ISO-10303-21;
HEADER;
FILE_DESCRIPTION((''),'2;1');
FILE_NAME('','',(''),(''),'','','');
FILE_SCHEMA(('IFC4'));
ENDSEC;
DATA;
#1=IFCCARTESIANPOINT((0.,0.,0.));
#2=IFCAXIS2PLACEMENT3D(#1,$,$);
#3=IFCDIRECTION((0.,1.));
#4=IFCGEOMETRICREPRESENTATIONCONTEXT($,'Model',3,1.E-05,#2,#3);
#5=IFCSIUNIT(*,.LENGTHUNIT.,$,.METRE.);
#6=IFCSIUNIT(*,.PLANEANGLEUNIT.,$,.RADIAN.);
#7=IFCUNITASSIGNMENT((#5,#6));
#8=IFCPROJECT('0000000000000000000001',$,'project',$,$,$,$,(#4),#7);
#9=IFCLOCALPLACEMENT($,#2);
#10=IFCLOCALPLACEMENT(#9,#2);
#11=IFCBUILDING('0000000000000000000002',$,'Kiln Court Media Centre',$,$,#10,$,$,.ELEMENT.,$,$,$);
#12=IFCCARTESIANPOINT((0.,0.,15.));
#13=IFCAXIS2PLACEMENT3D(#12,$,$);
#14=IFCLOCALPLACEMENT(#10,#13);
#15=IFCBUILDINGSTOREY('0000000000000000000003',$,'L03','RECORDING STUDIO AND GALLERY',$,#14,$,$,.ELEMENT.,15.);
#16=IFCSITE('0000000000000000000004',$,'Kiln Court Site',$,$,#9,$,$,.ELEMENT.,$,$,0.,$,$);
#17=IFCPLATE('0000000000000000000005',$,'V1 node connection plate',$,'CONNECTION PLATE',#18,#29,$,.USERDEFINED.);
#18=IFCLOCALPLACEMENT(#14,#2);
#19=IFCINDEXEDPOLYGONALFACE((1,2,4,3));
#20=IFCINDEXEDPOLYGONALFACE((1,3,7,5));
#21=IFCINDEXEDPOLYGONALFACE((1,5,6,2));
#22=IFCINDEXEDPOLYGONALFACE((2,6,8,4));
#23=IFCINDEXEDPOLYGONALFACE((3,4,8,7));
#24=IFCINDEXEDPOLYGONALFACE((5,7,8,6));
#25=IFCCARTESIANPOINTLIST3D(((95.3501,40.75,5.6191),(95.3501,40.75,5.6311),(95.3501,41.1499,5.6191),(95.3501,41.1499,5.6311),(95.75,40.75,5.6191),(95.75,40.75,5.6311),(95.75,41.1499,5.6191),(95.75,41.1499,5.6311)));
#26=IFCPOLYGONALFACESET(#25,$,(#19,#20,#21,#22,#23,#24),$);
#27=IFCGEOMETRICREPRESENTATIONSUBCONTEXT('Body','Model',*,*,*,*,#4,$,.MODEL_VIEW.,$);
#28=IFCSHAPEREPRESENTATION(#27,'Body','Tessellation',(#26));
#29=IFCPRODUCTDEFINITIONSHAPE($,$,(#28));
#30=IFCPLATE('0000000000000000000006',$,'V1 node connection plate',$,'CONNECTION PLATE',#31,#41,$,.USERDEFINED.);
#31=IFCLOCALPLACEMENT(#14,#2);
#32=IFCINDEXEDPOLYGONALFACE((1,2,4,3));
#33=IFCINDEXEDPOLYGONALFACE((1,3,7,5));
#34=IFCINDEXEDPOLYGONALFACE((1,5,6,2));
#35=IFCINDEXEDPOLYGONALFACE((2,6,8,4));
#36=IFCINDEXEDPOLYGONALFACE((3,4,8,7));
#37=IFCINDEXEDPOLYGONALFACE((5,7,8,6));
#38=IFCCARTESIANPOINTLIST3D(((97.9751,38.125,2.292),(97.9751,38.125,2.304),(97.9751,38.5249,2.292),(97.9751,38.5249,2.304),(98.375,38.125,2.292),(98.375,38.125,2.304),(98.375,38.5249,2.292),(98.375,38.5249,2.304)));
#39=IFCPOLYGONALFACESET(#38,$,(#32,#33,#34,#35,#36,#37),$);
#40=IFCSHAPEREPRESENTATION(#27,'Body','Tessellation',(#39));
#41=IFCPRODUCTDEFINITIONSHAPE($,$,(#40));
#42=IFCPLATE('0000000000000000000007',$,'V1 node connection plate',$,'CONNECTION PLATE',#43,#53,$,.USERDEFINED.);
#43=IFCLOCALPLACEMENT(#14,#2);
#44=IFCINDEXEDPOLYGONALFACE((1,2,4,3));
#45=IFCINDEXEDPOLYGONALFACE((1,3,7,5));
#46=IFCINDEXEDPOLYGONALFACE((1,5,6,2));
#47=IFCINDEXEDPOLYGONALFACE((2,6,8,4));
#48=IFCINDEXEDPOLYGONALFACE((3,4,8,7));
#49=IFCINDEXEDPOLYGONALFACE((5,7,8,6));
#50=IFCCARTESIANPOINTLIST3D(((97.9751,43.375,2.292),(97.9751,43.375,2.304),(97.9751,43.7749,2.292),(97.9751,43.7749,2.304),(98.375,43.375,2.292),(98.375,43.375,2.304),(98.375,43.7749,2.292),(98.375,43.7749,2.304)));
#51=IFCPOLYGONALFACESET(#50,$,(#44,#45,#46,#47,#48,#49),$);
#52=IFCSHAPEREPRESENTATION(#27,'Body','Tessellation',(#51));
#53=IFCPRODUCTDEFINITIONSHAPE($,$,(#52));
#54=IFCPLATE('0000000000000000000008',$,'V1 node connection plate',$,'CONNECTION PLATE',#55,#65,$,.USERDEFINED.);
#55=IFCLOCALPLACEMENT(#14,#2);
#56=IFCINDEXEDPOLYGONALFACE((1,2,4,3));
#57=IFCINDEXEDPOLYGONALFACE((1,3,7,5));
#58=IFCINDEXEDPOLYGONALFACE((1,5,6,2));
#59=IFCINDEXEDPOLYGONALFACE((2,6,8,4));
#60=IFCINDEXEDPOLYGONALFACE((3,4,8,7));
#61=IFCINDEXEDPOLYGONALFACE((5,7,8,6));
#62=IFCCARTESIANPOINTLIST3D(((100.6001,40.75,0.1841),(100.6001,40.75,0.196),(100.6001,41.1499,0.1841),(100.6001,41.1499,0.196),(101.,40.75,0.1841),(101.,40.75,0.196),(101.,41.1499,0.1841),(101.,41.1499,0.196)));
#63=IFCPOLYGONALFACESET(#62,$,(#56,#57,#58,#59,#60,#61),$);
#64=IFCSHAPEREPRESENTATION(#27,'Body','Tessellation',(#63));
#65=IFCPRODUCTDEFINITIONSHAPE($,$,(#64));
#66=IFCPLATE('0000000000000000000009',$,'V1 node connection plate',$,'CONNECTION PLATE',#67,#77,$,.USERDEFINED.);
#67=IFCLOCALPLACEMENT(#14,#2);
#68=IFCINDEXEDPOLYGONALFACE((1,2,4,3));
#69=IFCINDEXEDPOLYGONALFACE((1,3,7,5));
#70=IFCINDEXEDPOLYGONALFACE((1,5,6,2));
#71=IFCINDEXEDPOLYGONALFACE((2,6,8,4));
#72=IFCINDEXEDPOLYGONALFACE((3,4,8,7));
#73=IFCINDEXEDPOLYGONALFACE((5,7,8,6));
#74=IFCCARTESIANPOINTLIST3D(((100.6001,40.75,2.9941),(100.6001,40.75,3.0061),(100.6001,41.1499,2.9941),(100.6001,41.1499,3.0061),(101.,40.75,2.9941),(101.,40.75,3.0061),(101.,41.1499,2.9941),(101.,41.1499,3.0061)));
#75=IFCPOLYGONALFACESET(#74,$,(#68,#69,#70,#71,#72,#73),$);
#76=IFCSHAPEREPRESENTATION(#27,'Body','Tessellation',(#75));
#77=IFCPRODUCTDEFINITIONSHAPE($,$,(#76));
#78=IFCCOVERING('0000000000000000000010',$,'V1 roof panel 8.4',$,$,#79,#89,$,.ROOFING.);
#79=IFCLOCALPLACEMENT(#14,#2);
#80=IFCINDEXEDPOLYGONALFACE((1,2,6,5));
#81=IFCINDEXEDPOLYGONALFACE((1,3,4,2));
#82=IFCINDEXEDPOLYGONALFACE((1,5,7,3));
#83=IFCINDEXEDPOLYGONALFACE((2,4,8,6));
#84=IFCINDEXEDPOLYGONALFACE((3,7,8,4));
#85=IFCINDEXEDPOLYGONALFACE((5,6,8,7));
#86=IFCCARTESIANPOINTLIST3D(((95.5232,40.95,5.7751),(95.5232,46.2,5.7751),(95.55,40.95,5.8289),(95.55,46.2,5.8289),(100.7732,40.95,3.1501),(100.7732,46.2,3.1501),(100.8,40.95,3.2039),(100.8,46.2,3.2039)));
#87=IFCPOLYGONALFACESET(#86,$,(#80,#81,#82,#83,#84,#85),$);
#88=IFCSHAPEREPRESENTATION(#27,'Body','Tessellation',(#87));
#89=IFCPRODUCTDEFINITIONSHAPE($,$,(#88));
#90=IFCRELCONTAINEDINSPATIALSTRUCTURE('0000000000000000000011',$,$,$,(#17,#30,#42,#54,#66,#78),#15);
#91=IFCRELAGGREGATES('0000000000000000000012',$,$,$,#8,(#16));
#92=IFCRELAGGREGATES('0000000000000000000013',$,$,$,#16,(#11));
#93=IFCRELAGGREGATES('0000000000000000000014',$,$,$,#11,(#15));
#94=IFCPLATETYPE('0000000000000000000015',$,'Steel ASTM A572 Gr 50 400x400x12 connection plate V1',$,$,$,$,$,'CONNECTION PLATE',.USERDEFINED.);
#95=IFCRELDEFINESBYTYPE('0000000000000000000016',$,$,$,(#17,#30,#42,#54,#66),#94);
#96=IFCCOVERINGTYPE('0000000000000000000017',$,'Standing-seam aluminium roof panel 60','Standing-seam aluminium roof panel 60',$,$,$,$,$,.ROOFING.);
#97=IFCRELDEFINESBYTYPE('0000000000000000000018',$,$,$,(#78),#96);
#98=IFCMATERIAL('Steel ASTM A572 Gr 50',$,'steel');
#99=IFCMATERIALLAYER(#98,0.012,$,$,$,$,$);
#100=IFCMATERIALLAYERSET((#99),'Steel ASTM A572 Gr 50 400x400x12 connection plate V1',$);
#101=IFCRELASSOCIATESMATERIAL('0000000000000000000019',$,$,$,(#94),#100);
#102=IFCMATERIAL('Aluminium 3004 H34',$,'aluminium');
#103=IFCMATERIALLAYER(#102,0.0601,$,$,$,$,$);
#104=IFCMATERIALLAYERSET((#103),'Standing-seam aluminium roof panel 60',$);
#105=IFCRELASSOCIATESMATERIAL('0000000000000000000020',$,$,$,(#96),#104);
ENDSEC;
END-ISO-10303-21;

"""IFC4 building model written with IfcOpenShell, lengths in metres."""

from ifc_helpers import new_model, si_unit, direction, frame, origin, origin_2d, place, context, subcontext, project, spatial, polyline, rectangle, outline, extrude, material, layer, layer_set, type_object, element, save


model = new_model("IFC4")

# Units and contexts
model_context = context("Model", 3, precision=1e-05, world=origin(), true_north=direction((0.0, 1.0)))
body_context = subcontext(model_context, "Body", "Model", "MODEL_VIEW")
ifc_project = project(units=[si_unit("LENGTHUNIT", "METRE"), si_unit("PLANEANGLEUNIT", "RADIAN")], contexts=[model_context])

# Site, building, storey
site_placement = place(None, origin())
site = spatial("IfcSite", under=ifc_project, at=site_placement, Name="Kiln Court Site", CompositionType="ELEMENT", RefElevation=0.0)
building_placement = place(site_placement, origin())
building = spatial("IfcBuilding", under=site, at=building_placement, Name="Kiln Court Media Centre", CompositionType="ELEMENT")
storey_placement = place(building_placement, frame((0.0, 0.0, 15.0)))
storey = spatial("IfcBuildingStorey", under=building, at=storey_placement, Name="L03", Description="RECORDING STUDIO AND GALLERY", CompositionType="ELEMENT", Elevation=15.0)

# Plates
ifc_material_1 = material(Name="Steel ASTM A572 Gr 50", Category="steel")
ifc_layer_1 = layer(ifc_material_1, 0.012)
ifc_layer_set_1 = layer_set([ifc_layer_1], Name="Steel ASTM A572 Gr 50 400x400x12 connection plate V1")
plate_type_1 = type_object("IfcPlateType", Name="Steel ASTM A572 Gr 50 400x400x12 connection plate V1", ElementType="CONNECTION PLATE", PredefinedType="USERDEFINED", material=ifc_layer_set_1)
for number, where, z_axis, x_axis, name in (
    (1, (95.55, 40.95, 5.6191), (0.0, 0.0, 1.0), (1.0, 0.0, 0.0), "V1 node connection plate"),
    (2, (98.175, 38.325, 2.292), (0.0, 0.0, 1.0), (1.0, 0.0, 0.0), "V1 node connection plate"),
    (3, (98.175, 43.575, 2.292), (0.0, 0.0, 1.0), (1.0, 0.0, 0.0), "V1 node connection plate"),
    (4, (100.8, 40.95, 0.1841), (0.0, 0.0, 1.0), (1.0, 0.0, 0.0), "V1 node connection plate"),
    (5, (100.8, 40.95, 2.9941), (0.0, 0.0, 1.0), (1.0, 0.0, 0.0), "V1 node connection plate"),
):
    element("IfcPlate", number, at=place(storey_placement, frame(where, z_axis=z_axis, x_axis=x_axis)), inside=storey, type_object=plate_type_1, Name=name, ObjectType="CONNECTION PLATE", PredefinedType="USERDEFINED", context=body_context, shape_type="SweptSolid", body=[
        extrude(rectangle(XDim=0.3999, YDim=0.3999, at=origin_2d()), origin(), (0.0, 0.0, 1.0), 0.012),
    ])

# Covering
ifc_material_2 = material(Name="Aluminium 3004 H34", Category="aluminium")
ifc_layer_2 = layer(ifc_material_2, 0.0601)
ifc_layer_set_2 = layer_set([ifc_layer_2], Name="Standing-seam aluminium roof panel 60")
covering_type = type_object("IfcCoveringType", Name="Standing-seam aluminium roof panel 60", Description="Standing-seam aluminium roof panel 60", PredefinedType="ROOFING", material=ifc_layer_set_2)
covering_placement = place(storey_placement, frame((95.55, 40.95, 5.8289), z_axis=(0.447214, 0.0, 0.894427), x_axis=(0.894427, 0.0, -0.447214)))
element("IfcCovering", 6, at=covering_placement, inside=storey, type_object=covering_type, Name="V1 roof panel 8.4", PredefinedType="ROOFING", context=body_context, shape_type="SweptSolid", body=[
    extrude(outline(polyline([(0.0, 0.0), (5.8697, 0.0), (5.8697, 5.25), (0.0, 5.25), (0.0, 0.0)])), origin(), (0.0, 0.0, -1.0), 0.0601),
])

save(model, "model.ifc")
